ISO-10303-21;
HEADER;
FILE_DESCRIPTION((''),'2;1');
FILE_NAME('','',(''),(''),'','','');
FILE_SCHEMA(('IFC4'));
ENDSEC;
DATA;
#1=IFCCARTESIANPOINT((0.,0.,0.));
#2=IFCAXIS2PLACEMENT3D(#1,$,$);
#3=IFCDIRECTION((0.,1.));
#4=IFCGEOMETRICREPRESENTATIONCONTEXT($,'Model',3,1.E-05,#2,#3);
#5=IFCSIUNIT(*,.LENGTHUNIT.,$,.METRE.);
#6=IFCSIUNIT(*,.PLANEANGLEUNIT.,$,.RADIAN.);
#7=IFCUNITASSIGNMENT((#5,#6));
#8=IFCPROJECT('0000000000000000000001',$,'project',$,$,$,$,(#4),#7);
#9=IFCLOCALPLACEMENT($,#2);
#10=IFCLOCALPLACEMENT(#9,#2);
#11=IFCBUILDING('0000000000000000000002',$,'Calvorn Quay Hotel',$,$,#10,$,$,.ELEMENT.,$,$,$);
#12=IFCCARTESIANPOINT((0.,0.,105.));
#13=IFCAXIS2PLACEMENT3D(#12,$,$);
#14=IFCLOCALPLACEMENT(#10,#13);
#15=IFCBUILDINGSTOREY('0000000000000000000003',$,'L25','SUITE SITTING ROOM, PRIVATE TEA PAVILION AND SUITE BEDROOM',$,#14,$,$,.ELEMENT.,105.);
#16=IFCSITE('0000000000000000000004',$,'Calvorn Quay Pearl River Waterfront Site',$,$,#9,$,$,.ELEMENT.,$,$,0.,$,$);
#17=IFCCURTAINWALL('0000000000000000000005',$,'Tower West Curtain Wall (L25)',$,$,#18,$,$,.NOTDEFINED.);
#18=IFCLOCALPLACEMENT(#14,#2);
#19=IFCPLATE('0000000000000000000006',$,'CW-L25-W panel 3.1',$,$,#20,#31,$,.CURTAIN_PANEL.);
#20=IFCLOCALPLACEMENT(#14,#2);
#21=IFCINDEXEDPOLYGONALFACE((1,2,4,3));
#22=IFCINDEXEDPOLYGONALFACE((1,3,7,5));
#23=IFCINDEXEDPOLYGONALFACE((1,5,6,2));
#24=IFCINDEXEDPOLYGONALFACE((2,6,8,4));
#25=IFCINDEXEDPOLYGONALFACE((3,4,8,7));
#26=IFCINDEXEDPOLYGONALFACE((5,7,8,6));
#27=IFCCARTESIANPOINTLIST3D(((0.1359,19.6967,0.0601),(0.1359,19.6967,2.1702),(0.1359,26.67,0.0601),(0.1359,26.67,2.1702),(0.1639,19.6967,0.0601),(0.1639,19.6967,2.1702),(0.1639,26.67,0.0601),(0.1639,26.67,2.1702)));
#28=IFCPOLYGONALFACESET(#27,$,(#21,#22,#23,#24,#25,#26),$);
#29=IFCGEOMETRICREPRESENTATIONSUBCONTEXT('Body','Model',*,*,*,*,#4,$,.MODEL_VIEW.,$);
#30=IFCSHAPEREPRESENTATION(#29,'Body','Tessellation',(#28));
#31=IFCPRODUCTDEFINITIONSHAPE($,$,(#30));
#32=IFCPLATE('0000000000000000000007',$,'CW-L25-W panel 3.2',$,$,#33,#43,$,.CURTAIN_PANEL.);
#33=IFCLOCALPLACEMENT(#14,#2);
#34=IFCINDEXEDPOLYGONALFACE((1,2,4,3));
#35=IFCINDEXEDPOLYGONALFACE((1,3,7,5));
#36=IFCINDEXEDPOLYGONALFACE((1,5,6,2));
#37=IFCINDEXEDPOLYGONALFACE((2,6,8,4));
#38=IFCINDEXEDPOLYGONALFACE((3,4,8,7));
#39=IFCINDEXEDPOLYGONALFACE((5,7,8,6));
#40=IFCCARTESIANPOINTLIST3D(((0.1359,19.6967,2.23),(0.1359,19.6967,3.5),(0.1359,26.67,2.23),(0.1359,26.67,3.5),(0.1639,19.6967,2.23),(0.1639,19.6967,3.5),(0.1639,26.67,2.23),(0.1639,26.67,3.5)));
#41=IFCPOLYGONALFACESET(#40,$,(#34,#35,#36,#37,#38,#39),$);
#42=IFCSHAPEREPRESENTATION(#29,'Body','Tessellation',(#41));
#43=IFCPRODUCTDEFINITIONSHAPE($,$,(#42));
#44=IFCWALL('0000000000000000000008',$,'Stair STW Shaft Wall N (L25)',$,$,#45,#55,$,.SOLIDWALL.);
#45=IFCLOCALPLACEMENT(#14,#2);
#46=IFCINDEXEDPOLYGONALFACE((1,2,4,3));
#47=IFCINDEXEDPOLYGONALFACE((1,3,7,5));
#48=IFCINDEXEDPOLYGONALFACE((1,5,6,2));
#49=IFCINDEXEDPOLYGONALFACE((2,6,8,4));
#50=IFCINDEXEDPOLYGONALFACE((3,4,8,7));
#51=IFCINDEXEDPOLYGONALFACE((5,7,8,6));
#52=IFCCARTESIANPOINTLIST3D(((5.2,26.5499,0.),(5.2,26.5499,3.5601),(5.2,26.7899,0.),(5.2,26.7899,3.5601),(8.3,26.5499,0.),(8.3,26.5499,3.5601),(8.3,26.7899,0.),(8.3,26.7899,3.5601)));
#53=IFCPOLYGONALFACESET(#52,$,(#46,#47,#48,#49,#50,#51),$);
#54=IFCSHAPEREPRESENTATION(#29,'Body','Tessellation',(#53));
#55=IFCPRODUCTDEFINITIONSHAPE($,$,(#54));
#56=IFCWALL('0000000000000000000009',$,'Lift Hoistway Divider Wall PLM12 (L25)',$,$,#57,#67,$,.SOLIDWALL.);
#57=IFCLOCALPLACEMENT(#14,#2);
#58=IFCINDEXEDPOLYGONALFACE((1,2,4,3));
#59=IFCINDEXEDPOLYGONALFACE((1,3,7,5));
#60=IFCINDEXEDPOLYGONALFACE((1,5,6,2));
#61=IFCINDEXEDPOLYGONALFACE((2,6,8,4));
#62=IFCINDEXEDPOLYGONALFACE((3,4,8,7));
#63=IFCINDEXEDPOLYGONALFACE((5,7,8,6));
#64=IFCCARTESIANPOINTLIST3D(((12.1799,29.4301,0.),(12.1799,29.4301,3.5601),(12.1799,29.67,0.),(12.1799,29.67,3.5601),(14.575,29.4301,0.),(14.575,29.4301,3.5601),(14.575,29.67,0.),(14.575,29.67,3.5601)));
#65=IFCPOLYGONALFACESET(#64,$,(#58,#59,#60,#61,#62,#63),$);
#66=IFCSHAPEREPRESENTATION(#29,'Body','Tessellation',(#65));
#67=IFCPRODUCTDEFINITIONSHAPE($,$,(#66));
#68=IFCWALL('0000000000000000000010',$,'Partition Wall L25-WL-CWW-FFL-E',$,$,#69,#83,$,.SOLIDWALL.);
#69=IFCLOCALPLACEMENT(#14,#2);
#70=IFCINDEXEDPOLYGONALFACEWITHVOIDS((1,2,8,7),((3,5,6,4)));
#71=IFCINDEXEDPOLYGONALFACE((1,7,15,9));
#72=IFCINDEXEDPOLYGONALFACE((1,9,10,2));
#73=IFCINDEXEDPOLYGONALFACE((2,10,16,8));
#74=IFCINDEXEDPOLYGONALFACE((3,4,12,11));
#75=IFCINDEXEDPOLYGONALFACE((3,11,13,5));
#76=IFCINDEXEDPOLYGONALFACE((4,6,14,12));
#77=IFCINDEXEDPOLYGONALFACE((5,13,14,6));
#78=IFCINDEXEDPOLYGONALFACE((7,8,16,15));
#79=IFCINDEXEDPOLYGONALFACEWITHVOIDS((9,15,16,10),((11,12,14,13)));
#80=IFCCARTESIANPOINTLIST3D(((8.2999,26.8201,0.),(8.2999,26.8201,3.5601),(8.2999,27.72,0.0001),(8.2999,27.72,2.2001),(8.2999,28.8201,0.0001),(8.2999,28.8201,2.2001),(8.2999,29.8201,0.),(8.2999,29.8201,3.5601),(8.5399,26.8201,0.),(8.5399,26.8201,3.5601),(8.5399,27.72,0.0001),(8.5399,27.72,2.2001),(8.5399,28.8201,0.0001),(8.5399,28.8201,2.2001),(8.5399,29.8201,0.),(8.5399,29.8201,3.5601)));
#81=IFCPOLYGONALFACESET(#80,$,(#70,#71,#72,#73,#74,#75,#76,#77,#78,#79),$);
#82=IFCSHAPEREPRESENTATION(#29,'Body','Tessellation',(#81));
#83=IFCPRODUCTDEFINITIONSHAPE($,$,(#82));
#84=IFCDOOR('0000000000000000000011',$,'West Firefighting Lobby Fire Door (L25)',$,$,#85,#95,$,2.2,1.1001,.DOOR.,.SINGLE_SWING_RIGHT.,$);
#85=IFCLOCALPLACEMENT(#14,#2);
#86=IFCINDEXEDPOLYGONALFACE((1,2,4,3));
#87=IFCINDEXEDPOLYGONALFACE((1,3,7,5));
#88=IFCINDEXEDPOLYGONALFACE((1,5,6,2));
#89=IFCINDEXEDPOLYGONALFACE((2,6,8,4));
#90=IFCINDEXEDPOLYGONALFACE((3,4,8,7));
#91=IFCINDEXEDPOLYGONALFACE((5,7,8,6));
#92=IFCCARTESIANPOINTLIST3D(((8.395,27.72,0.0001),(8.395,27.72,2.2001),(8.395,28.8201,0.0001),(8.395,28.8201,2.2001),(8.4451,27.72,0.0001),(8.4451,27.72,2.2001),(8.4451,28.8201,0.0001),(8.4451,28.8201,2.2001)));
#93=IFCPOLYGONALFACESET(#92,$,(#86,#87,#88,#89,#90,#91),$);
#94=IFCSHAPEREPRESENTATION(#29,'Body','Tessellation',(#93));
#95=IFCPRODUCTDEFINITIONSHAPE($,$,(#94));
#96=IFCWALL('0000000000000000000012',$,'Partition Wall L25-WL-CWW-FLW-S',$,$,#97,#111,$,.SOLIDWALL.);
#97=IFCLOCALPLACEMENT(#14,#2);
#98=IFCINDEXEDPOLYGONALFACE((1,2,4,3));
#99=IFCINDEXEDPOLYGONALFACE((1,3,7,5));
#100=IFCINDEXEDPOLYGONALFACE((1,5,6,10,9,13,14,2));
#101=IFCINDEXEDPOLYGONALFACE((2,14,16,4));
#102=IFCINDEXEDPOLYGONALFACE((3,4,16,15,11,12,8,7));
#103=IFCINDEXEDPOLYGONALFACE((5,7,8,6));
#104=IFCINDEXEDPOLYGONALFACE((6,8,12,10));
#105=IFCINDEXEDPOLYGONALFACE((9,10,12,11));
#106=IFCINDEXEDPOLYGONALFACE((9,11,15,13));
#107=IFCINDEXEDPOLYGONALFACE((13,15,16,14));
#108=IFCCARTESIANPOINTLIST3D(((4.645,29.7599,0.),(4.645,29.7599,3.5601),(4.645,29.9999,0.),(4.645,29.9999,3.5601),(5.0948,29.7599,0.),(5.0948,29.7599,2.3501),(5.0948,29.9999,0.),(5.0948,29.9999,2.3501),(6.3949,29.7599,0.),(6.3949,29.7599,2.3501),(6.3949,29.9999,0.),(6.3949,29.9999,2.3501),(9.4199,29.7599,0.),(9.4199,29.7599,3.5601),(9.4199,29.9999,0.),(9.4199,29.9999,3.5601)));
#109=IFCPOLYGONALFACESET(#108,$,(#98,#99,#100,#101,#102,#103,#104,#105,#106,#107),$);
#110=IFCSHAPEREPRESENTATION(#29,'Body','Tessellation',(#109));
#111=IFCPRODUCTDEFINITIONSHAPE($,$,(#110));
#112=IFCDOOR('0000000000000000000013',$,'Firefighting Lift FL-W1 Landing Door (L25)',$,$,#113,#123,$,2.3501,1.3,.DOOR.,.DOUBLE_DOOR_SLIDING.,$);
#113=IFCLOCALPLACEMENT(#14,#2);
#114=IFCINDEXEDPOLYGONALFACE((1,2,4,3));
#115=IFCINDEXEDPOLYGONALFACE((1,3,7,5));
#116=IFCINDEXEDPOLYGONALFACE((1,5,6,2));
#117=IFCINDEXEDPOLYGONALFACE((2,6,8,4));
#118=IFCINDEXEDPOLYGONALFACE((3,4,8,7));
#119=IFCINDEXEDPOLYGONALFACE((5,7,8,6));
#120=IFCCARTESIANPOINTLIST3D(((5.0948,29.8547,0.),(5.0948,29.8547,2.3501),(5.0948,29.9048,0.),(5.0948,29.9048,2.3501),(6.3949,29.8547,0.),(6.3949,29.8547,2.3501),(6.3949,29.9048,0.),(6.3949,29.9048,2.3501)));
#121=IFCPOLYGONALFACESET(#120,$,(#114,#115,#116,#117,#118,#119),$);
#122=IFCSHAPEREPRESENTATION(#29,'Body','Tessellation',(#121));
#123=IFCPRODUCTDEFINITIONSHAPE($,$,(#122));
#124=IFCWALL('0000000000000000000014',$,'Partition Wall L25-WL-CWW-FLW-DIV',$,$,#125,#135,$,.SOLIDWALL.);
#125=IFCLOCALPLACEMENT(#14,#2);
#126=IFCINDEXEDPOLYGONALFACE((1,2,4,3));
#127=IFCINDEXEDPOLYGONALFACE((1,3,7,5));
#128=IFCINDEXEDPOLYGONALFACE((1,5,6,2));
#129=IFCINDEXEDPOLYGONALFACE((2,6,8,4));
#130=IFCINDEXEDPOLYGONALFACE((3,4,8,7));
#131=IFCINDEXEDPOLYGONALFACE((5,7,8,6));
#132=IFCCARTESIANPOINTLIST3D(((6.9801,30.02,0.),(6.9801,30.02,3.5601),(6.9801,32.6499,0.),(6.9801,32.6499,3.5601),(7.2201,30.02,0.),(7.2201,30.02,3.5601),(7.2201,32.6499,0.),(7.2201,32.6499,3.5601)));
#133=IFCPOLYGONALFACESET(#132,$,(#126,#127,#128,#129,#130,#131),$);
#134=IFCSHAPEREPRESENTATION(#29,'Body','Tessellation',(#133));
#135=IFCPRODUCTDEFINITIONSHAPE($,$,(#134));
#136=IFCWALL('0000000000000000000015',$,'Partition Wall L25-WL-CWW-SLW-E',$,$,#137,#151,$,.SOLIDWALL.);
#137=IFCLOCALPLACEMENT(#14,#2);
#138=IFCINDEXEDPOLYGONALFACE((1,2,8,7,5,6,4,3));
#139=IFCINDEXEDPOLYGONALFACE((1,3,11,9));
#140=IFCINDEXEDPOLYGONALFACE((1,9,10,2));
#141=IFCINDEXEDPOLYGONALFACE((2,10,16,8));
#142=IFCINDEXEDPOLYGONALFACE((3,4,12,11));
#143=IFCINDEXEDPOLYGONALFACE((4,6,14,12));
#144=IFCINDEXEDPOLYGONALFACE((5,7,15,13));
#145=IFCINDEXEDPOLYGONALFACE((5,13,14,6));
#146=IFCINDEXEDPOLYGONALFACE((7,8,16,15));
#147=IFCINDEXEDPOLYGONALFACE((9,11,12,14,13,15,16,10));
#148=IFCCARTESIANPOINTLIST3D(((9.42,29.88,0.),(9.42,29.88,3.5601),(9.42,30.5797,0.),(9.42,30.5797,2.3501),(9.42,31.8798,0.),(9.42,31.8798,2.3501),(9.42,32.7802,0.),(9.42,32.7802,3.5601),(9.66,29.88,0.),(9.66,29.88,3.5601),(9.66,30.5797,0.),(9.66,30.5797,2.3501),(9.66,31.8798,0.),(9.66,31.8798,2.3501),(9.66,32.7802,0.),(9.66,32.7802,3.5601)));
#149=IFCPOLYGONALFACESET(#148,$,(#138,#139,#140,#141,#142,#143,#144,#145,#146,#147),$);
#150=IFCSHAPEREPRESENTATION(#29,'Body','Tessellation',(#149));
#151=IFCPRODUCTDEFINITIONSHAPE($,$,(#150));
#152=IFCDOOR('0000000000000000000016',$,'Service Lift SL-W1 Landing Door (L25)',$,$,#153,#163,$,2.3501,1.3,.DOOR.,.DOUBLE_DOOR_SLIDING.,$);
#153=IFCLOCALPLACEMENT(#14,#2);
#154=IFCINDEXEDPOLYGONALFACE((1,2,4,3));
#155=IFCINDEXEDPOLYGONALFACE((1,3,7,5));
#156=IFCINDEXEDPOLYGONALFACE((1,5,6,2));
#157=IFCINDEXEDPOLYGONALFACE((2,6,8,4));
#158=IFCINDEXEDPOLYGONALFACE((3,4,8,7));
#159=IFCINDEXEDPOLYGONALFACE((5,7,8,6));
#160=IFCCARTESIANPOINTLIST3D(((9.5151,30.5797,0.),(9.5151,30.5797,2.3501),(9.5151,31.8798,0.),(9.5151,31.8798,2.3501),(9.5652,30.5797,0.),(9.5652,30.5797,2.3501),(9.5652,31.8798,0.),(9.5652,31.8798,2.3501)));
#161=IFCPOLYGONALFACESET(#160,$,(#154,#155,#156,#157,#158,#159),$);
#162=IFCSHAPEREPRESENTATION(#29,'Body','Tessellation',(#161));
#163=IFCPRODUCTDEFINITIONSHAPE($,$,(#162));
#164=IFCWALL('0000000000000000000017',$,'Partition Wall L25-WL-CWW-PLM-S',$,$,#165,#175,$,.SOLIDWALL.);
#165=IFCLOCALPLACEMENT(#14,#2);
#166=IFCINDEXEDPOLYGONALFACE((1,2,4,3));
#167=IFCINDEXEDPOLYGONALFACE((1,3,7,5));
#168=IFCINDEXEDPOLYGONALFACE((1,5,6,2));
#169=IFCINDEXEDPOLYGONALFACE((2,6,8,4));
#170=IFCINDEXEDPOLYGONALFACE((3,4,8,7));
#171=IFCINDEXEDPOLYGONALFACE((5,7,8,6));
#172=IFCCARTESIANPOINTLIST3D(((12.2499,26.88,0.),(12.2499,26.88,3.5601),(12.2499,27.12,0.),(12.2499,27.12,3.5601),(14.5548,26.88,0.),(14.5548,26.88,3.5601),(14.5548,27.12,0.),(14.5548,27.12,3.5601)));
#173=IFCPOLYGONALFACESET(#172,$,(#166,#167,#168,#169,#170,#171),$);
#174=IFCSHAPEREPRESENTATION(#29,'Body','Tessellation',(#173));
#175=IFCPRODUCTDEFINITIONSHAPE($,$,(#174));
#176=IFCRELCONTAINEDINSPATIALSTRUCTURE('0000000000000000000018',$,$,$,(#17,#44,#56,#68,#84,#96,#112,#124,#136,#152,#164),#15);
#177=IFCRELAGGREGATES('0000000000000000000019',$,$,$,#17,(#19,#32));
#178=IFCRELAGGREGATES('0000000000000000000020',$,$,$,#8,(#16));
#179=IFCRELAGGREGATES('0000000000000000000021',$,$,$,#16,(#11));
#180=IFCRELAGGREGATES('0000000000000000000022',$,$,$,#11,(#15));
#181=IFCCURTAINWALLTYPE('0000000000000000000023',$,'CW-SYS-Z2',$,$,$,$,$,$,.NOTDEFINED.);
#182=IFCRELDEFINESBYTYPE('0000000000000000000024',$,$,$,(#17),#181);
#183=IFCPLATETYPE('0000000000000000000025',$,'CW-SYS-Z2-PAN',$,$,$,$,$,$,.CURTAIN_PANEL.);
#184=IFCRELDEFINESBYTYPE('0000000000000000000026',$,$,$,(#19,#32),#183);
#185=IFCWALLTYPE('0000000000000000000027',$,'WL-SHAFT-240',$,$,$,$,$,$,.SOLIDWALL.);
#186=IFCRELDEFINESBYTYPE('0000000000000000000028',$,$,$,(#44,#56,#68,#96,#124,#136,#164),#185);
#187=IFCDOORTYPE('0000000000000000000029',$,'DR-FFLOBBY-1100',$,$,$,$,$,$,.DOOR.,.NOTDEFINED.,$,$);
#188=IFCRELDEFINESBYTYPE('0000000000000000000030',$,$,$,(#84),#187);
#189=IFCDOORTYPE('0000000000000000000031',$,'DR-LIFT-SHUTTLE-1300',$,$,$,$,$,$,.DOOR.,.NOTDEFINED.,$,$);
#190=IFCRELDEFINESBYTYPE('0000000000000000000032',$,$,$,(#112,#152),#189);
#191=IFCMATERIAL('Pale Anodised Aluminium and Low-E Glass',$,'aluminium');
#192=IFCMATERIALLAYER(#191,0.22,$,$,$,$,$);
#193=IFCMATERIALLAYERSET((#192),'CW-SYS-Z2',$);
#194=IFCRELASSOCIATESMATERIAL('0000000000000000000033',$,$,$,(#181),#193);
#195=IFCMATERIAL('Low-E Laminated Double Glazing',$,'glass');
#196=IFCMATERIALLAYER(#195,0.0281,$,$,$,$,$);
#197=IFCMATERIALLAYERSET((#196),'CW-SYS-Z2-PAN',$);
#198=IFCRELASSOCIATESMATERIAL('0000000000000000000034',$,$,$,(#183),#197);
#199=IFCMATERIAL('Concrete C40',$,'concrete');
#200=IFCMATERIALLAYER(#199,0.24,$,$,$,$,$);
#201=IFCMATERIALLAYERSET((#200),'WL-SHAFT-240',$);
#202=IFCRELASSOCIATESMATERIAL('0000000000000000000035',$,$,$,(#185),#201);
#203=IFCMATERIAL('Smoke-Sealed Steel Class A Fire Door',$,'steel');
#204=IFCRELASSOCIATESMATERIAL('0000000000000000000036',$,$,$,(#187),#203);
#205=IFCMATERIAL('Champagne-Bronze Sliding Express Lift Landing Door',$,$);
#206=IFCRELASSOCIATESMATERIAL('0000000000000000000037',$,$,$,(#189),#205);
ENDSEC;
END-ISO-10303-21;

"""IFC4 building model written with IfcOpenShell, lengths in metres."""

from ifc_helpers import new_model, si_unit, direction, frame, frame_2d, origin, origin_2d, place, context, subcontext, project, spatial, rectangle, extrude, material, layer, layer_set, type_object, element, fill, aggregate, save


model = new_model("IFC4")

# Units and contexts
model_context = context("Model", 3, precision=1e-05, world=origin(), true_north=direction((0.0, 1.0)))
body_context = subcontext(model_context, "Body", "Model", "MODEL_VIEW")
ifc_project = project(units=[si_unit("LENGTHUNIT", "METRE"), si_unit("PLANEANGLEUNIT", "RADIAN")], contexts=[model_context])

# Site, building, storey
site_placement = place(None, origin())
site = spatial("IfcSite", under=ifc_project, at=site_placement, Name="Calvorn Quay Pearl River Waterfront Site", CompositionType="ELEMENT", RefElevation=0.0)
building_placement = place(site_placement, origin())
building = spatial("IfcBuilding", under=site, at=building_placement, Name="Calvorn Quay Hotel", CompositionType="ELEMENT")
storey_placement = place(building_placement, frame((0.0, 0.0, 105.0)))
storey = spatial("IfcBuildingStorey", under=building, at=storey_placement, Name="L25", Description="SUITE SITTING ROOM, PRIVATE TEA PAVILION AND SUITE BEDROOM", CompositionType="ELEMENT", Elevation=105.0)

# Curtain wall, plates
ifc_material_1 = material(Name="Pale Anodised Aluminium and Low-E Glass", Category="aluminium")
ifc_layer_1 = layer(ifc_material_1, 0.22)
ifc_layer_set_1 = layer_set([ifc_layer_1], Name="CW-SYS-Z2")
curtain_wall_type = type_object("IfcCurtainWallType", Name="CW-SYS-Z2", PredefinedType="NOTDEFINED", material=ifc_layer_set_1)
curtain_wall_placement = place(storey_placement, origin())
curtain_wall = element("IfcCurtainWall", 1, at=curtain_wall_placement, inside=storey, type_object=curtain_wall_type, Name="Tower West Curtain Wall (L25)", PredefinedType="NOTDEFINED")
ifc_material_2 = material(Name="Low-E Laminated Double Glazing", Category="glass")
ifc_layer_2 = layer(ifc_material_2, 0.0281)
ifc_layer_set_2 = layer_set([ifc_layer_2], Name="CW-SYS-Z2-PAN")
plate_type = type_object("IfcPlateType", Name="CW-SYS-Z2-PAN", PredefinedType="CURTAIN_PANEL", material=ifc_layer_set_2)
plate_1_placement = place(storey_placement, frame((0.1499, 23.1833, 0.0601), z_axis=(0.0, 0.0, 1.0), x_axis=(0.0, 1.0, 0.0)))
plate_1 = element("IfcPlate", 2, at=plate_1_placement, type_object=plate_type, Name="CW-L25-W panel 3.1", PredefinedType="CURTAIN_PANEL", context=body_context, shape_type="SweptSolid", body=[
    extrude(rectangle(XDim=6.9734, YDim=0.0281, at=origin_2d()), origin(), (0.0, 0.0, 1.0), 2.1101),
])
plate_2_placement = place(storey_placement, frame((0.1499, 23.1833, 2.23), z_axis=(0.0, 0.0, 1.0), x_axis=(0.0, 1.0, 0.0)))
plate_2 = element("IfcPlate", 3, at=plate_2_placement, type_object=plate_type, Name="CW-L25-W panel 3.2", PredefinedType="CURTAIN_PANEL", context=body_context, shape_type="SweptSolid", body=[
    extrude(rectangle(XDim=6.9734, YDim=0.0281, at=origin_2d()), origin(), (0.0, 0.0, 1.0), 1.27),
])
aggregate(curtain_wall, [plate_1, plate_2])

# Walls
ifc_material_3 = material(Name="Concrete C40", Category="concrete")
ifc_layer_3 = layer(ifc_material_3, 0.24)
ifc_layer_set_3 = layer_set([ifc_layer_3], Name="WL-SHAFT-240")
wall_type_1 = type_object("IfcWallType", Name="WL-SHAFT-240", PredefinedType="SOLIDWALL", material=ifc_layer_set_3)
wall_1_placement = place(storey_placement, frame((5.2, 26.6699, 0.0), z_axis=(0.0, 0.0, 1.0), x_axis=(1.0, 0.0, 0.0)))
element("IfcWall", 4, at=wall_1_placement, inside=storey, type_object=wall_type_1, Name="Stair STW Shaft Wall N (L25)", PredefinedType="SOLIDWALL", context=body_context, shape_type="SweptSolid", body=[
    extrude(rectangle(XDim=3.1001, YDim=0.24, at=frame_2d((1.55, 0.0))), origin(), (0.0, 0.0, 1.0), 3.5601),
])
wall_2_placement = place(storey_placement, frame((12.1799, 29.55, 0.0), z_axis=(0.0, 0.0, 1.0), x_axis=(1.0, 0.0, 0.0)))
element("IfcWall", 5, at=wall_2_placement, inside=storey, type_object=wall_type_1, Name="Lift Hoistway Divider Wall PLM12 (L25)", PredefinedType="SOLIDWALL", context=body_context, shape_type="SweptSolid", body=[
    extrude(rectangle(XDim=2.395, YDim=0.24, at=frame_2d((1.1975, 0.0))), origin(), (0.0, 0.0, 1.0), 3.5601),
])

# Walls, openings, doors
wall_3_placement = place(storey_placement, frame((8.4199, 26.8201, 0.0), z_axis=(0.0, 0.0, 1.0), x_axis=(0.0, 1.0, 0.0)))
wall_3 = element("IfcWall", 6, at=wall_3_placement, inside=storey, type_object=wall_type_1, Name="Partition Wall L25-WL-CWW-FFL-E", PredefinedType="SOLIDWALL", context=body_context, shape_type="SweptSolid", body=[
    extrude(rectangle(XDim=3.0, YDim=0.24, at=frame_2d((1.5, 0.0))), origin(), (0.0, 0.0, 1.0), 3.5601),
])
opening_1_placement = place(wall_3_placement, frame((0.8999, 0.0, 0.0)))
opening_1 = element("IfcOpeningElement", 7, at=opening_1_placement, cuts=wall_3, PredefinedType="OPENING", context=body_context, shape_type="SweptSolid", body=[
    extrude(rectangle(XDim=1.1001, YDim=2.2, at=frame_2d((0.55, 1.1001))), frame((0.0, 0.1299, 0.0), z_axis=(0.0, -1.0, 0.0), x_axis=(1.0, 0.0, 0.0)), (0.0, 0.0, 1.0), 0.26),
])
ifc_material_4 = material(Name="Smoke-Sealed Steel Class A Fire Door", Category="steel")
door_type_1 = type_object("IfcDoorType", Name="DR-FFLOBBY-1100", OperationType="NOTDEFINED", PredefinedType="DOOR", material=ifc_material_4)
door_1_placement = place(opening_1_placement, origin())
door_1 = element("IfcDoor", 8, at=door_1_placement, inside=storey, type_object=door_type_1, Name="West Firefighting Lobby Fire Door (L25)", OperationType="SINGLE_SWING_RIGHT", OverallHeight=2.2, OverallWidth=1.1001, PredefinedType="DOOR", context=body_context, shape_type="SweptSolid", body=[
    extrude(rectangle(XDim=1.1001, YDim=2.2, at=frame_2d((0.55, 1.1001))), frame((0.0, 0.0249, 0.0), z_axis=(0.0, -1.0, 0.0), x_axis=(1.0, 0.0, 0.0)), (0.0, 0.0, 1.0), 0.05),
])
fill(opening_1, door_1)
wall_4_placement = place(storey_placement, frame((4.645, 29.8799, 0.0), z_axis=(0.0, 0.0, 1.0), x_axis=(1.0, 0.0, 0.0)))
wall_4 = element("IfcWall", 9, at=wall_4_placement, inside=storey, type_object=wall_type_1, Name="Partition Wall L25-WL-CWW-FLW-S", PredefinedType="SOLIDWALL", context=body_context, shape_type="SweptSolid", body=[
    extrude(rectangle(XDim=4.7749, YDim=0.24, at=frame_2d((2.3875, 0.0))), origin(), (0.0, 0.0, 1.0), 3.5601),
])
opening_2_placement = place(wall_4_placement, frame((0.45, 0.0, 0.0)))
opening_2 = element("IfcOpeningElement", 10, at=opening_2_placement, cuts=wall_4, PredefinedType="OPENING", context=body_context, shape_type="SweptSolid", body=[
    extrude(rectangle(XDim=1.3, YDim=2.3501, at=frame_2d((0.6499, 1.175))), frame((0.0, 0.1299, 0.0), z_axis=(0.0, -1.0, 0.0), x_axis=(1.0, 0.0, 0.0)), (0.0, 0.0, 1.0), 0.26),
])
ifc_material_5 = material(Name="Champagne-Bronze Sliding Express Lift Landing Door")
door_type_2 = type_object("IfcDoorType", Name="DR-LIFT-SHUTTLE-1300", OperationType="NOTDEFINED", PredefinedType="DOOR", material=ifc_material_5)
door_2_placement = place(opening_2_placement, origin())
door_2 = element("IfcDoor", 11, at=door_2_placement, inside=storey, type_object=door_type_2, Name="Firefighting Lift FL-W1 Landing Door (L25)", OperationType="DOUBLE_DOOR_SLIDING", OverallHeight=2.3501, OverallWidth=1.3, PredefinedType="DOOR", context=body_context, shape_type="SweptSolid", body=[
    extrude(rectangle(XDim=1.3, YDim=2.3501, at=frame_2d((0.6499, 1.175))), frame((0.0, 0.0249, 0.0), z_axis=(0.0, -1.0, 0.0), x_axis=(1.0, 0.0, 0.0)), (0.0, 0.0, 1.0), 0.05),
])
fill(opening_2, door_2)

# Wall
wall_5_placement = place(storey_placement, frame((7.1001, 30.02, 0.0), z_axis=(0.0, 0.0, 1.0), x_axis=(0.0, 1.0, 0.0)))
element("IfcWall", 12, at=wall_5_placement, inside=storey, type_object=wall_type_1, Name="Partition Wall L25-WL-CWW-FLW-DIV", PredefinedType="SOLIDWALL", context=body_context, shape_type="SweptSolid", body=[
    extrude(rectangle(XDim=2.6299, YDim=0.24, at=frame_2d((1.3149, 0.0))), origin(), (0.0, 0.0, 1.0), 3.5601),
])

# Wall, opening, door
wall_6_placement = place(storey_placement, frame((9.54, 29.8799, 0.0), z_axis=(0.0, 0.0, 1.0), x_axis=(0.0, 1.0, 0.0)))
wall_6 = element("IfcWall", 13, at=wall_6_placement, inside=storey, type_object=wall_type_1, Name="Partition Wall L25-WL-CWW-SLW-E", PredefinedType="SOLIDWALL", context=body_context, shape_type="SweptSolid", body=[
    extrude(rectangle(XDim=2.9001, YDim=0.24, at=frame_2d((1.4502, 0.0))), origin(), (0.0, 0.0, 1.0), 3.5601),
])
opening_3_placement = place(wall_6_placement, frame((0.7, 0.0, 0.0)))
opening_3 = element("IfcOpeningElement", 14, at=opening_3_placement, cuts=wall_6, PredefinedType="OPENING", context=body_context, shape_type="SweptSolid", body=[
    extrude(rectangle(XDim=1.3, YDim=2.3501, at=frame_2d((0.6499, 1.175))), frame((0.0, 0.1299, 0.0), z_axis=(0.0, -1.0, 0.0), x_axis=(1.0, 0.0, 0.0)), (0.0, 0.0, 1.0), 0.26),
])
door_3_placement = place(opening_3_placement, origin())
door_3 = element("IfcDoor", 15, at=door_3_placement, inside=storey, type_object=door_type_2, Name="Service Lift SL-W1 Landing Door (L25)", OperationType="DOUBLE_DOOR_SLIDING", OverallHeight=2.3501, OverallWidth=1.3, PredefinedType="DOOR", context=body_context, shape_type="SweptSolid", body=[
    extrude(rectangle(XDim=1.3, YDim=2.3501, at=frame_2d((0.6499, 1.175))), frame((0.0, 0.0249, 0.0), z_axis=(0.0, -1.0, 0.0), x_axis=(1.0, 0.0, 0.0)), (0.0, 0.0, 1.0), 0.05),
])
fill(opening_3, door_3)

# Wall
wall_7_placement = place(storey_placement, frame((12.25, 27.0, 0.0), z_axis=(0.0, 0.0, 1.0), x_axis=(1.0, 0.0, 0.0)))
element("IfcWall", 16, at=wall_7_placement, inside=storey, type_object=wall_type_1, Name="Partition Wall L25-WL-CWW-PLM-S", PredefinedType="SOLIDWALL", context=body_context, shape_type="SweptSolid", body=[
    extrude(rectangle(XDim=2.3049, YDim=0.24, at=frame_2d((1.1523, 0.0))), origin(), (0.0, 0.0, 1.0), 3.5601),
])

save(model, "model.ifc")
